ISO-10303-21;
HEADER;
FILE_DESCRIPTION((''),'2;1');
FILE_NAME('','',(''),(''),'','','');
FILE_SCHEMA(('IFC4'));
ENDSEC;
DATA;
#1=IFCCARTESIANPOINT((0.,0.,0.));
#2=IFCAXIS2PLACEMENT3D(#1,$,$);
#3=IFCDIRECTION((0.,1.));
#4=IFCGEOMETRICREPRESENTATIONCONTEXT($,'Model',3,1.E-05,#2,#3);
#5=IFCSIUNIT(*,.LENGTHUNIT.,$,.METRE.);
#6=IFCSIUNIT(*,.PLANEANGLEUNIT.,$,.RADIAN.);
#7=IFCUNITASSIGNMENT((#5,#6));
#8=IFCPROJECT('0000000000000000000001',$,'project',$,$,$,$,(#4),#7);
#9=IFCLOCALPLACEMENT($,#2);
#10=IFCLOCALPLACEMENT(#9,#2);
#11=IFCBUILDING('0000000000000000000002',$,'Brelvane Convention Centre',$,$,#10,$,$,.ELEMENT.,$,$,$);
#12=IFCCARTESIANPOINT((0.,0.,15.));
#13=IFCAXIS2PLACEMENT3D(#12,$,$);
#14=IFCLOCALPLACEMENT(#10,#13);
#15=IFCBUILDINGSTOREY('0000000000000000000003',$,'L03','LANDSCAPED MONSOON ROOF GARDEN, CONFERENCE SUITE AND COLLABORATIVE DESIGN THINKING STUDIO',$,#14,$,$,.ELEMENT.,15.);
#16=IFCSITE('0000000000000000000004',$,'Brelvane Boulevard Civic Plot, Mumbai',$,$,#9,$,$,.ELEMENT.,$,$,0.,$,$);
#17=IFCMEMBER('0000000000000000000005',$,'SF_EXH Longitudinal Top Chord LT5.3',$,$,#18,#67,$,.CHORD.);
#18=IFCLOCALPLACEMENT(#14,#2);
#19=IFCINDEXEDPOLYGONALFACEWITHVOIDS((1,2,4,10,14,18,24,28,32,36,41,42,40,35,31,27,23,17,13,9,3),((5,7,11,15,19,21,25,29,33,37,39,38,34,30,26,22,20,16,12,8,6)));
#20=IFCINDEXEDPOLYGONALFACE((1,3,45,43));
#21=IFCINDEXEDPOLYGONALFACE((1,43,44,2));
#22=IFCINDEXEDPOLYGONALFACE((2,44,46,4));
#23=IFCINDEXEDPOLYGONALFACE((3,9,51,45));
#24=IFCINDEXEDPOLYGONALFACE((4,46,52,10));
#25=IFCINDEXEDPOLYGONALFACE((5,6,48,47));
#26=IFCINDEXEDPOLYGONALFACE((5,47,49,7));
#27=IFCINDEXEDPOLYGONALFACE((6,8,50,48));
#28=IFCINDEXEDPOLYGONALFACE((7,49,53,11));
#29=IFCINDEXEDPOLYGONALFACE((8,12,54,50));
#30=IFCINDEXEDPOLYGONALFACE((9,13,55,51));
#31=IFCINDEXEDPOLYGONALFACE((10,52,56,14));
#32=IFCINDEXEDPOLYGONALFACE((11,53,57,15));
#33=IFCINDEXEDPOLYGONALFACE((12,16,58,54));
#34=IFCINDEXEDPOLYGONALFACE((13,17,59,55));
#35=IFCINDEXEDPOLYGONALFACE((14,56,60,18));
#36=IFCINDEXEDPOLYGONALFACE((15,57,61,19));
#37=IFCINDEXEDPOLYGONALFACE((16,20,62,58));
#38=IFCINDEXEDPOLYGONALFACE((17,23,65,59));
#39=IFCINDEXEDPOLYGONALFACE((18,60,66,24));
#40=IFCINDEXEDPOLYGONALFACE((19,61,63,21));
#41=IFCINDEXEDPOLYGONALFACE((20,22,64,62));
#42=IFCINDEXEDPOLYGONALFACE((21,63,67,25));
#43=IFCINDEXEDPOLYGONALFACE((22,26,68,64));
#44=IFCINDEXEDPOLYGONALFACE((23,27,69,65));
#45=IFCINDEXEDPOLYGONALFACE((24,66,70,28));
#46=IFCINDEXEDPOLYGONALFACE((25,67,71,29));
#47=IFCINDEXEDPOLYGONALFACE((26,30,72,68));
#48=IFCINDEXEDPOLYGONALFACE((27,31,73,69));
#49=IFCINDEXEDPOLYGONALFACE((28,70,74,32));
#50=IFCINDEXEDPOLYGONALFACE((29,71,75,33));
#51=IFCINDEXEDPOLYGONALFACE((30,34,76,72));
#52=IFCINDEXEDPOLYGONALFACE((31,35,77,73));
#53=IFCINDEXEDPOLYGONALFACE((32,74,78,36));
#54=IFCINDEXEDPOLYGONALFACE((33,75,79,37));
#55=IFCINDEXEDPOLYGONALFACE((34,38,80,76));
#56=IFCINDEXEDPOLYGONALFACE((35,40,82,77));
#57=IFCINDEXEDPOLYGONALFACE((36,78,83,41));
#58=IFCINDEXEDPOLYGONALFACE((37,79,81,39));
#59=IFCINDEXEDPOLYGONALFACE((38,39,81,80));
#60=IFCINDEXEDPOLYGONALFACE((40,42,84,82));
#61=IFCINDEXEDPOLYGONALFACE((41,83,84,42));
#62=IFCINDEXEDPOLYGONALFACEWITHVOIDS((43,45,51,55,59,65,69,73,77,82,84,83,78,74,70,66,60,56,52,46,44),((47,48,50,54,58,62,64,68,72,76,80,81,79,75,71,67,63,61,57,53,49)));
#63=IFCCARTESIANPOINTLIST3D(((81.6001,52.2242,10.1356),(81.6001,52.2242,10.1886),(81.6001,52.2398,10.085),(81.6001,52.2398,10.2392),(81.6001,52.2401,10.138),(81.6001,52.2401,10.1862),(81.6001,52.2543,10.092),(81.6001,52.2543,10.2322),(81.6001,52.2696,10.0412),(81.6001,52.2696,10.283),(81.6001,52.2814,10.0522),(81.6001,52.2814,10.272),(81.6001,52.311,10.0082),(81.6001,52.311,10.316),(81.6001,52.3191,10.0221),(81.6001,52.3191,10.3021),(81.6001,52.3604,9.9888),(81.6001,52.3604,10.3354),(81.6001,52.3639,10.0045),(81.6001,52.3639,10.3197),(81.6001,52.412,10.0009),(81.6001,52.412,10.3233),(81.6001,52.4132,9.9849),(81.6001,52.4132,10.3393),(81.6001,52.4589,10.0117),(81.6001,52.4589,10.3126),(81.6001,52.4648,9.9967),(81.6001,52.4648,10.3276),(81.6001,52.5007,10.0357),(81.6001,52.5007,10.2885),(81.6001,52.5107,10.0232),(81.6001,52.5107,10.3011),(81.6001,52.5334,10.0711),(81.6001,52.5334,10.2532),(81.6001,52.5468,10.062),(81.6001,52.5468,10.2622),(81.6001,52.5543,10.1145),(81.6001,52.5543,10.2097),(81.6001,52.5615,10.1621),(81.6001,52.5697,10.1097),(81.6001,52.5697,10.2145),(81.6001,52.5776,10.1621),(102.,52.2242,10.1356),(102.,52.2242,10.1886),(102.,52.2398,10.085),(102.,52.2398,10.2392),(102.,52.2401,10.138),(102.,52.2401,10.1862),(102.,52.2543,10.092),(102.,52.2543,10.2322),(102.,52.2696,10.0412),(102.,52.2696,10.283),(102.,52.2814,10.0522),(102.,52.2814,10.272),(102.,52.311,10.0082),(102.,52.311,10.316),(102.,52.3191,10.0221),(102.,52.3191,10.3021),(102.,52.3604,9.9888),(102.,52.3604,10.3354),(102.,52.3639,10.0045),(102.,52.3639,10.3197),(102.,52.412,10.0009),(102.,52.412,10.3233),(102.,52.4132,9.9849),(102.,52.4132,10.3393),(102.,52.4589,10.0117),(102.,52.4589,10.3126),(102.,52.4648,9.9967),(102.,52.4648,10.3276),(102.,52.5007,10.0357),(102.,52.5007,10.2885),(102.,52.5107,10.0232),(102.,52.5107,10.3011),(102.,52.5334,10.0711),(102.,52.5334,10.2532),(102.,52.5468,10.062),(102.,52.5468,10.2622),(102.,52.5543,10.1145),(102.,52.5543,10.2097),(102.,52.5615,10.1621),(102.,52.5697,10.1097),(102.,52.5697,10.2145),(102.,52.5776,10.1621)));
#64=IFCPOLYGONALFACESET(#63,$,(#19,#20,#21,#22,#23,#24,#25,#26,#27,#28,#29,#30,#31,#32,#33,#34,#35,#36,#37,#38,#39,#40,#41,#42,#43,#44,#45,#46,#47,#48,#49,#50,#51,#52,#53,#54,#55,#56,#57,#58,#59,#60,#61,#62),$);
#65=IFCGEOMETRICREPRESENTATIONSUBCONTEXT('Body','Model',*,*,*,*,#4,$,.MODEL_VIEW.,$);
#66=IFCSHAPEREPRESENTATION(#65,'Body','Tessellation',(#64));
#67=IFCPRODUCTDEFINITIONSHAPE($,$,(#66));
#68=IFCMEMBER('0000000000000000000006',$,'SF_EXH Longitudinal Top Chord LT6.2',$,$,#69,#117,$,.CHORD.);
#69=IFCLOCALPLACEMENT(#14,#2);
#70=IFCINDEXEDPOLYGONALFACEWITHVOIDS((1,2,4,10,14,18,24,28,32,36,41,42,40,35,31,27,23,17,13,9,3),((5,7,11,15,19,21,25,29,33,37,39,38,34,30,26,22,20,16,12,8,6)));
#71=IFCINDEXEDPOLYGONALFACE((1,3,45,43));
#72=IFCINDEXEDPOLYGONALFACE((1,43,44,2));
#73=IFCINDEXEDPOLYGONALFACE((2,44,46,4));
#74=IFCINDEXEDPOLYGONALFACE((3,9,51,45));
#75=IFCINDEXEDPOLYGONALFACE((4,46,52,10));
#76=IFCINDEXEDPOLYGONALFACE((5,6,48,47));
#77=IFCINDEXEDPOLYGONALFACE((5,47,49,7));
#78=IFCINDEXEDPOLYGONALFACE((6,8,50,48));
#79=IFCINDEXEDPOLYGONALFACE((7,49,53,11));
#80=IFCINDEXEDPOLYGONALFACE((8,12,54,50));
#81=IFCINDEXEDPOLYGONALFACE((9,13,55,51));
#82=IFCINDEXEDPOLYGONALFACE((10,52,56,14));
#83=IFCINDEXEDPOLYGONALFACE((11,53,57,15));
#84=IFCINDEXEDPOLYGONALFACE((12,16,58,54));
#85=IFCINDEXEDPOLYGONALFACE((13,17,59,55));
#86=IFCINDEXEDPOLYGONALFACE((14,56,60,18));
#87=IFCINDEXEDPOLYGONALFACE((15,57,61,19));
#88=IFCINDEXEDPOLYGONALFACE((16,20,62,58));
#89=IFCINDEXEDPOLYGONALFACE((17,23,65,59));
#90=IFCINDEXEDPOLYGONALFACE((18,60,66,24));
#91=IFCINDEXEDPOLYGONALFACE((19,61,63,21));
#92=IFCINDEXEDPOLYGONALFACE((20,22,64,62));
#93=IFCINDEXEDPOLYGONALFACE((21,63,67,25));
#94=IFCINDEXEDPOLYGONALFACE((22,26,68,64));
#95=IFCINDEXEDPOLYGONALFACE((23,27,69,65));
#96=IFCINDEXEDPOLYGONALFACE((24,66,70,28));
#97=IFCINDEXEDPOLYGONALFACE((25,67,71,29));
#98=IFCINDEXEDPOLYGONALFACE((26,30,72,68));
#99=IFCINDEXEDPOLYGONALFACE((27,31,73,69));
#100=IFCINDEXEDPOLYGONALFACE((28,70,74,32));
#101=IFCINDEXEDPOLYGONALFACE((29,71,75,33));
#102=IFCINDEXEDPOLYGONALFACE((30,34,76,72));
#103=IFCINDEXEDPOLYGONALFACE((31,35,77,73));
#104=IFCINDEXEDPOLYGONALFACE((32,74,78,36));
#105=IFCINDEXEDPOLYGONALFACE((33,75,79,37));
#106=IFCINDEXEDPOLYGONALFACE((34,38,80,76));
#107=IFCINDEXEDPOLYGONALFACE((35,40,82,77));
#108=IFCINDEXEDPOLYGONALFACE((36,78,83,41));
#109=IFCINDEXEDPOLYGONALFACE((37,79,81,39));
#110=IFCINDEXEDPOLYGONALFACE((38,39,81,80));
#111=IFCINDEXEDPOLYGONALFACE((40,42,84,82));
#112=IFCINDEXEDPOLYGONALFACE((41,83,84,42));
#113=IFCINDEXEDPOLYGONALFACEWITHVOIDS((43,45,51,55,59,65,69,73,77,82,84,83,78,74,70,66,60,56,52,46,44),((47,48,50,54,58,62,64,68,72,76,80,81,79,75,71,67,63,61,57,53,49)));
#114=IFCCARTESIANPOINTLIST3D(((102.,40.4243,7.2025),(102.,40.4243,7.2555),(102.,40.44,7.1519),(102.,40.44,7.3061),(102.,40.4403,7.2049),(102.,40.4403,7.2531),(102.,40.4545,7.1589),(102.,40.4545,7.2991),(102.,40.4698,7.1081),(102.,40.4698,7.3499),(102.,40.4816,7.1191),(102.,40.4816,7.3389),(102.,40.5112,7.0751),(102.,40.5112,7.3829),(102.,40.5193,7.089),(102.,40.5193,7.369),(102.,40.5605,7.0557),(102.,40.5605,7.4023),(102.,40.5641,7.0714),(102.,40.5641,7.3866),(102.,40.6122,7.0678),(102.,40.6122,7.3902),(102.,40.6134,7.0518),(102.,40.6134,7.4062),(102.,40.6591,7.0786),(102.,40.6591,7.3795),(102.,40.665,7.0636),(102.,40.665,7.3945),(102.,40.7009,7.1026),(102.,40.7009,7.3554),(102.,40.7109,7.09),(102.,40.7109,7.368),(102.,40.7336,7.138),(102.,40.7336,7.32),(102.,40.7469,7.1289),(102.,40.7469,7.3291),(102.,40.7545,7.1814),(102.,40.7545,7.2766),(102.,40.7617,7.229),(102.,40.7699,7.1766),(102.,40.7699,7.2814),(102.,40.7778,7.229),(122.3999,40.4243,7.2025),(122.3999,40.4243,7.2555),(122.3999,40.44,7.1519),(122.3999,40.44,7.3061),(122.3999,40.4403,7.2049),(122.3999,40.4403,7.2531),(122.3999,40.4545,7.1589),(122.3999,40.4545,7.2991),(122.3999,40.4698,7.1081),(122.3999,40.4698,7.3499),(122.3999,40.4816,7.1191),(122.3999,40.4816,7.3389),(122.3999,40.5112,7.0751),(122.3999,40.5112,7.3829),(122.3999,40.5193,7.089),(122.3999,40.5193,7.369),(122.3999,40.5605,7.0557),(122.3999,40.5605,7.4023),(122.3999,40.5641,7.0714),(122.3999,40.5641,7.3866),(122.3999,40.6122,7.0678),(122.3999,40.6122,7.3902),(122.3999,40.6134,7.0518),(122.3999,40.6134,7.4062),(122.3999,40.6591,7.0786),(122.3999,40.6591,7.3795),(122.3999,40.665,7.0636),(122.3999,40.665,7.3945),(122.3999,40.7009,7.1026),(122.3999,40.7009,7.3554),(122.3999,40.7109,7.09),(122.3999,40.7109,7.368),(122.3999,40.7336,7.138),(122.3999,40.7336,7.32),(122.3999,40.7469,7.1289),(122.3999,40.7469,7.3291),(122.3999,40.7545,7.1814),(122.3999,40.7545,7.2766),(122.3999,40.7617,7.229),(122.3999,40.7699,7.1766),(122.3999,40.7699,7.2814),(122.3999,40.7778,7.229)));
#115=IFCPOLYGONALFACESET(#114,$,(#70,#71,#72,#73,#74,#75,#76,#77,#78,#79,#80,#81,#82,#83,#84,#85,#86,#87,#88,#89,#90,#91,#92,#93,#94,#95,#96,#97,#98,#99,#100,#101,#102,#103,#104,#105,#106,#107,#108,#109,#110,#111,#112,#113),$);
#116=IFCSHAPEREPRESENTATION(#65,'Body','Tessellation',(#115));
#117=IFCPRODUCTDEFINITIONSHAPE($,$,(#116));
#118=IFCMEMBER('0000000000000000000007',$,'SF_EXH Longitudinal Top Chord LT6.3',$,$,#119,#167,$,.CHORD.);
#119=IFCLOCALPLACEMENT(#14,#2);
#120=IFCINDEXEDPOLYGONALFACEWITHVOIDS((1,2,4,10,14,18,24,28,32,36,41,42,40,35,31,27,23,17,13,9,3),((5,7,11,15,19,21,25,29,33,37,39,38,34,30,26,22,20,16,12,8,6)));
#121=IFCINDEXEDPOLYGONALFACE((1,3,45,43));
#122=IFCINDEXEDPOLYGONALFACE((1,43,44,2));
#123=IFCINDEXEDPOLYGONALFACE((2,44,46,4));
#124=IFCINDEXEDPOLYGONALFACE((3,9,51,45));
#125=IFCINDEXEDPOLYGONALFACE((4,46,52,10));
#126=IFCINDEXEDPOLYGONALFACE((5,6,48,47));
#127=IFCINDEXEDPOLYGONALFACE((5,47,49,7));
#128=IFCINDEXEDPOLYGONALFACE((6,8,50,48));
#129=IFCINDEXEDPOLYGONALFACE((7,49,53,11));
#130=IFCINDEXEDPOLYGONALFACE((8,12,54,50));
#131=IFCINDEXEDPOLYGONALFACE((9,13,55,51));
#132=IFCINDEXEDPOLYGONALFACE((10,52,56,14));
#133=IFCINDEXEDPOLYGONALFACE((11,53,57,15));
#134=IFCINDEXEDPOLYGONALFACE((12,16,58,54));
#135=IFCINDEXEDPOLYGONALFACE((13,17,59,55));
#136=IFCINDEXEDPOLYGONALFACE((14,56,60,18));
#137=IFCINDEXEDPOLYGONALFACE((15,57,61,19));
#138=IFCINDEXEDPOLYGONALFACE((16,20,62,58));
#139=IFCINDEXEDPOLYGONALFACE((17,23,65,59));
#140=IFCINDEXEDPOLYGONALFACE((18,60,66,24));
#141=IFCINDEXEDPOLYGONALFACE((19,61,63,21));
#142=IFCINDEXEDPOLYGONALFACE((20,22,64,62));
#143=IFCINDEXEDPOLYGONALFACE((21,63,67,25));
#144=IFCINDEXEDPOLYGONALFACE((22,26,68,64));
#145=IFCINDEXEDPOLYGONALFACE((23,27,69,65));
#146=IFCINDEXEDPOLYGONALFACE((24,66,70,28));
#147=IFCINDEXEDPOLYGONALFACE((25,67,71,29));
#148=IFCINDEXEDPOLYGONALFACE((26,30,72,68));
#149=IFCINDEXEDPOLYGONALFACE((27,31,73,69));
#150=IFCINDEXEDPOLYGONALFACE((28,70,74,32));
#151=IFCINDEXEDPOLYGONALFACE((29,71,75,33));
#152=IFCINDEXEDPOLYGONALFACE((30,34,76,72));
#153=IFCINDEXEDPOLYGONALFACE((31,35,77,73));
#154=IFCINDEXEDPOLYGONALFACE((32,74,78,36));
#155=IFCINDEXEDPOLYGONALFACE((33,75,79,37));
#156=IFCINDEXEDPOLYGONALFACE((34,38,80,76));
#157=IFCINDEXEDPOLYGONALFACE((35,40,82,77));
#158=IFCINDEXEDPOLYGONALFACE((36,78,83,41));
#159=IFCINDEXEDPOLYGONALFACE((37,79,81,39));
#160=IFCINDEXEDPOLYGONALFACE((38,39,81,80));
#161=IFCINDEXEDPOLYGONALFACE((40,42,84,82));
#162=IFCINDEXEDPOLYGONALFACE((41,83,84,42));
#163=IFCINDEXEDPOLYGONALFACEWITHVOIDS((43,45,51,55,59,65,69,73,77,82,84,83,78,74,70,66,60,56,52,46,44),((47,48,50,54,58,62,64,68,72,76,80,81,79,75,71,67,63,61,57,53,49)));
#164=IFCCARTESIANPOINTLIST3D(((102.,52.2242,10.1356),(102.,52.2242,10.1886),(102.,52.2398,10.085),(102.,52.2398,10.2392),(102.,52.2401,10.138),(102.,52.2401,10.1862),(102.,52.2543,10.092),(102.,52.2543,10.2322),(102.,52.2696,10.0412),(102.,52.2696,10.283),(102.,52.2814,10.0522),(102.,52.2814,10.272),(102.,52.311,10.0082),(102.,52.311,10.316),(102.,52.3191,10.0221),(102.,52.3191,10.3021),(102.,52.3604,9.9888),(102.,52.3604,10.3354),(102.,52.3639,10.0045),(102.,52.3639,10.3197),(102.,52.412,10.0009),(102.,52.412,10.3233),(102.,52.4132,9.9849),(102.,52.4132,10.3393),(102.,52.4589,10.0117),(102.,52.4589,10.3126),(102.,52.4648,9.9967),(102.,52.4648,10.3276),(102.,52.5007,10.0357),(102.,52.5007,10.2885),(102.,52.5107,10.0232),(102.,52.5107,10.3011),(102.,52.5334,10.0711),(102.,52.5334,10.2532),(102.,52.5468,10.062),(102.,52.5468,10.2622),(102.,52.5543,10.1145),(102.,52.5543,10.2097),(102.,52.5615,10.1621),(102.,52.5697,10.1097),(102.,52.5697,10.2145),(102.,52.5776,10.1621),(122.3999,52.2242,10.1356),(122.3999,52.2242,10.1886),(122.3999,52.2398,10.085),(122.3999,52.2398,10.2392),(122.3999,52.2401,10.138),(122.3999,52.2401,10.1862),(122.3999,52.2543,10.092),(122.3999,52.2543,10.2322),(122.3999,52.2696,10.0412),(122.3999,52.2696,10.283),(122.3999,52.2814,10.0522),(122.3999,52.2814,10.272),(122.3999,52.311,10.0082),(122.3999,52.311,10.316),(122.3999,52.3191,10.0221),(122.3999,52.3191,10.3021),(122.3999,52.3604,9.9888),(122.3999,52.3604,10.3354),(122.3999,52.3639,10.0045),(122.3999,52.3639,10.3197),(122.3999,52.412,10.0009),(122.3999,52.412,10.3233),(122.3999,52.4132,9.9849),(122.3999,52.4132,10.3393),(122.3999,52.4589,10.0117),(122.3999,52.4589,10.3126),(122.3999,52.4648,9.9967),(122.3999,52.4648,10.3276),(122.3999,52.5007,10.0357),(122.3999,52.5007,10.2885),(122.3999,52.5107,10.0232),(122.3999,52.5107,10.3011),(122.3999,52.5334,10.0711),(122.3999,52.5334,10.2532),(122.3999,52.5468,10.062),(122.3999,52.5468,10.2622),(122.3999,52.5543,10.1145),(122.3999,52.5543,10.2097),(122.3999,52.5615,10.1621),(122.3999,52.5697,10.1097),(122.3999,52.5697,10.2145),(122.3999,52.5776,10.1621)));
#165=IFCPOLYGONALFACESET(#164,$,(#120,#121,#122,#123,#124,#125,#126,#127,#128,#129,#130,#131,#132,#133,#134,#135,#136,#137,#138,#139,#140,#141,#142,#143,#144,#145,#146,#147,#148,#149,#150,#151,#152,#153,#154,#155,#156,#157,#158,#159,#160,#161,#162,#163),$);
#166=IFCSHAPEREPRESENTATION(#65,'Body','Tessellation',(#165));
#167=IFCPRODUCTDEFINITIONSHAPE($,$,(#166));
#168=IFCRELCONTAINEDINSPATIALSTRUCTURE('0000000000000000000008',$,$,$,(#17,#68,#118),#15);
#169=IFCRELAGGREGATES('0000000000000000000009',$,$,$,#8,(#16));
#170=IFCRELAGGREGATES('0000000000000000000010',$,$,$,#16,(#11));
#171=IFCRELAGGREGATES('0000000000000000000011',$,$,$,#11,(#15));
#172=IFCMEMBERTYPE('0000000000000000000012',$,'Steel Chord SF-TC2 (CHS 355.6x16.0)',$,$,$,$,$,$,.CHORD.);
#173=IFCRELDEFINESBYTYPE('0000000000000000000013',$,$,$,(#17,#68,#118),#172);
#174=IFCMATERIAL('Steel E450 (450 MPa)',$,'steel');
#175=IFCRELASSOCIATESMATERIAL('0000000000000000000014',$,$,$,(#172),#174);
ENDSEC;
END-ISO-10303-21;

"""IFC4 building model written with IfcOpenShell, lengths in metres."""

from ifc_helpers import new_model, si_unit, direction, frame, origin, origin_2d, place, context, subcontext, project, spatial, hollow_circle, extrude, material, material_profile, profile_set, type_object, element, save


model = new_model("IFC4")

# Units and contexts
model_context = context("Model", 3, precision=1e-05, world=origin(), true_north=direction((0.0, 1.0)))
body_context = subcontext(model_context, "Body", "Model", "MODEL_VIEW")
ifc_project = project(units=[si_unit("LENGTHUNIT", "METRE"), si_unit("PLANEANGLEUNIT", "RADIAN")], contexts=[model_context])

# Site, building, storey
site_placement = place(None, origin())
site = spatial("IfcSite", under=ifc_project, at=site_placement, Name="Brelvane Boulevard Civic Plot, Mumbai", CompositionType="ELEMENT", RefElevation=0.0)
building_placement = place(site_placement, origin())
building = spatial("IfcBuilding", under=site, at=building_placement, Name="Brelvane Convention Centre", CompositionType="ELEMENT")
storey_placement = place(building_placement, frame((0.0, 0.0, 15.0)))
storey = spatial("IfcBuildingStorey", under=building, at=storey_placement, Name="L03", Description="LANDSCAPED MONSOON ROOF GARDEN, CONFERENCE SUITE AND COLLABORATIVE DESIGN THINKING STUDIO", CompositionType="ELEMENT", Elevation=15.0)

# Members
ifc_material_1 = material(Name="Steel E450 (450 MPa)", Category="steel")
ifc_material_profile_1 = material_profile(ifc_material_1, hollow_circle(Radius=0.1777, WallThickness=0.0161, at=origin_2d()), Name="CHS 355.6x16.0")
ifc_profile_set_1 = profile_set([ifc_material_profile_1], Name="Steel E450 (450 MPa)")
member_type_1 = type_object("IfcMemberType", Name="Steel Chord SF-TC2 (CHS 355.6x16.0)", PredefinedType="CHORD", material=ifc_profile_set_1)
for number, where, z_axis, x_axis, name in (
    (1, (81.6001, 52.3999, 10.1621), (1.0, 0.0, 0.0), (0.0, 1.0, 0.0), "SF_EXH Longitudinal Top Chord LT5.3"),
    (2, (102.0, 40.6001, 7.229), (1.0, 0.0, 0.0), (0.0, 1.0, 0.0), "SF_EXH Longitudinal Top Chord LT6.2"),
    (3, (102.0, 52.3999, 10.1621), (1.0, 0.0, 0.0), (0.0, 1.0, 0.0), "SF_EXH Longitudinal Top Chord LT6.3"),
):
    element("IfcMember", number, at=place(storey_placement, frame(where, z_axis=z_axis, x_axis=x_axis)), inside=storey, type_object=member_type_1, Name=name, PredefinedType="CHORD", context=body_context, shape_type="SweptSolid", body=[
        extrude(hollow_circle(Radius=0.1777, WallThickness=0.0161, at=origin_2d()), origin(), (0.0, 0.0, 1.0), 20.3999),
    ])

save(model, "model.ifc")
